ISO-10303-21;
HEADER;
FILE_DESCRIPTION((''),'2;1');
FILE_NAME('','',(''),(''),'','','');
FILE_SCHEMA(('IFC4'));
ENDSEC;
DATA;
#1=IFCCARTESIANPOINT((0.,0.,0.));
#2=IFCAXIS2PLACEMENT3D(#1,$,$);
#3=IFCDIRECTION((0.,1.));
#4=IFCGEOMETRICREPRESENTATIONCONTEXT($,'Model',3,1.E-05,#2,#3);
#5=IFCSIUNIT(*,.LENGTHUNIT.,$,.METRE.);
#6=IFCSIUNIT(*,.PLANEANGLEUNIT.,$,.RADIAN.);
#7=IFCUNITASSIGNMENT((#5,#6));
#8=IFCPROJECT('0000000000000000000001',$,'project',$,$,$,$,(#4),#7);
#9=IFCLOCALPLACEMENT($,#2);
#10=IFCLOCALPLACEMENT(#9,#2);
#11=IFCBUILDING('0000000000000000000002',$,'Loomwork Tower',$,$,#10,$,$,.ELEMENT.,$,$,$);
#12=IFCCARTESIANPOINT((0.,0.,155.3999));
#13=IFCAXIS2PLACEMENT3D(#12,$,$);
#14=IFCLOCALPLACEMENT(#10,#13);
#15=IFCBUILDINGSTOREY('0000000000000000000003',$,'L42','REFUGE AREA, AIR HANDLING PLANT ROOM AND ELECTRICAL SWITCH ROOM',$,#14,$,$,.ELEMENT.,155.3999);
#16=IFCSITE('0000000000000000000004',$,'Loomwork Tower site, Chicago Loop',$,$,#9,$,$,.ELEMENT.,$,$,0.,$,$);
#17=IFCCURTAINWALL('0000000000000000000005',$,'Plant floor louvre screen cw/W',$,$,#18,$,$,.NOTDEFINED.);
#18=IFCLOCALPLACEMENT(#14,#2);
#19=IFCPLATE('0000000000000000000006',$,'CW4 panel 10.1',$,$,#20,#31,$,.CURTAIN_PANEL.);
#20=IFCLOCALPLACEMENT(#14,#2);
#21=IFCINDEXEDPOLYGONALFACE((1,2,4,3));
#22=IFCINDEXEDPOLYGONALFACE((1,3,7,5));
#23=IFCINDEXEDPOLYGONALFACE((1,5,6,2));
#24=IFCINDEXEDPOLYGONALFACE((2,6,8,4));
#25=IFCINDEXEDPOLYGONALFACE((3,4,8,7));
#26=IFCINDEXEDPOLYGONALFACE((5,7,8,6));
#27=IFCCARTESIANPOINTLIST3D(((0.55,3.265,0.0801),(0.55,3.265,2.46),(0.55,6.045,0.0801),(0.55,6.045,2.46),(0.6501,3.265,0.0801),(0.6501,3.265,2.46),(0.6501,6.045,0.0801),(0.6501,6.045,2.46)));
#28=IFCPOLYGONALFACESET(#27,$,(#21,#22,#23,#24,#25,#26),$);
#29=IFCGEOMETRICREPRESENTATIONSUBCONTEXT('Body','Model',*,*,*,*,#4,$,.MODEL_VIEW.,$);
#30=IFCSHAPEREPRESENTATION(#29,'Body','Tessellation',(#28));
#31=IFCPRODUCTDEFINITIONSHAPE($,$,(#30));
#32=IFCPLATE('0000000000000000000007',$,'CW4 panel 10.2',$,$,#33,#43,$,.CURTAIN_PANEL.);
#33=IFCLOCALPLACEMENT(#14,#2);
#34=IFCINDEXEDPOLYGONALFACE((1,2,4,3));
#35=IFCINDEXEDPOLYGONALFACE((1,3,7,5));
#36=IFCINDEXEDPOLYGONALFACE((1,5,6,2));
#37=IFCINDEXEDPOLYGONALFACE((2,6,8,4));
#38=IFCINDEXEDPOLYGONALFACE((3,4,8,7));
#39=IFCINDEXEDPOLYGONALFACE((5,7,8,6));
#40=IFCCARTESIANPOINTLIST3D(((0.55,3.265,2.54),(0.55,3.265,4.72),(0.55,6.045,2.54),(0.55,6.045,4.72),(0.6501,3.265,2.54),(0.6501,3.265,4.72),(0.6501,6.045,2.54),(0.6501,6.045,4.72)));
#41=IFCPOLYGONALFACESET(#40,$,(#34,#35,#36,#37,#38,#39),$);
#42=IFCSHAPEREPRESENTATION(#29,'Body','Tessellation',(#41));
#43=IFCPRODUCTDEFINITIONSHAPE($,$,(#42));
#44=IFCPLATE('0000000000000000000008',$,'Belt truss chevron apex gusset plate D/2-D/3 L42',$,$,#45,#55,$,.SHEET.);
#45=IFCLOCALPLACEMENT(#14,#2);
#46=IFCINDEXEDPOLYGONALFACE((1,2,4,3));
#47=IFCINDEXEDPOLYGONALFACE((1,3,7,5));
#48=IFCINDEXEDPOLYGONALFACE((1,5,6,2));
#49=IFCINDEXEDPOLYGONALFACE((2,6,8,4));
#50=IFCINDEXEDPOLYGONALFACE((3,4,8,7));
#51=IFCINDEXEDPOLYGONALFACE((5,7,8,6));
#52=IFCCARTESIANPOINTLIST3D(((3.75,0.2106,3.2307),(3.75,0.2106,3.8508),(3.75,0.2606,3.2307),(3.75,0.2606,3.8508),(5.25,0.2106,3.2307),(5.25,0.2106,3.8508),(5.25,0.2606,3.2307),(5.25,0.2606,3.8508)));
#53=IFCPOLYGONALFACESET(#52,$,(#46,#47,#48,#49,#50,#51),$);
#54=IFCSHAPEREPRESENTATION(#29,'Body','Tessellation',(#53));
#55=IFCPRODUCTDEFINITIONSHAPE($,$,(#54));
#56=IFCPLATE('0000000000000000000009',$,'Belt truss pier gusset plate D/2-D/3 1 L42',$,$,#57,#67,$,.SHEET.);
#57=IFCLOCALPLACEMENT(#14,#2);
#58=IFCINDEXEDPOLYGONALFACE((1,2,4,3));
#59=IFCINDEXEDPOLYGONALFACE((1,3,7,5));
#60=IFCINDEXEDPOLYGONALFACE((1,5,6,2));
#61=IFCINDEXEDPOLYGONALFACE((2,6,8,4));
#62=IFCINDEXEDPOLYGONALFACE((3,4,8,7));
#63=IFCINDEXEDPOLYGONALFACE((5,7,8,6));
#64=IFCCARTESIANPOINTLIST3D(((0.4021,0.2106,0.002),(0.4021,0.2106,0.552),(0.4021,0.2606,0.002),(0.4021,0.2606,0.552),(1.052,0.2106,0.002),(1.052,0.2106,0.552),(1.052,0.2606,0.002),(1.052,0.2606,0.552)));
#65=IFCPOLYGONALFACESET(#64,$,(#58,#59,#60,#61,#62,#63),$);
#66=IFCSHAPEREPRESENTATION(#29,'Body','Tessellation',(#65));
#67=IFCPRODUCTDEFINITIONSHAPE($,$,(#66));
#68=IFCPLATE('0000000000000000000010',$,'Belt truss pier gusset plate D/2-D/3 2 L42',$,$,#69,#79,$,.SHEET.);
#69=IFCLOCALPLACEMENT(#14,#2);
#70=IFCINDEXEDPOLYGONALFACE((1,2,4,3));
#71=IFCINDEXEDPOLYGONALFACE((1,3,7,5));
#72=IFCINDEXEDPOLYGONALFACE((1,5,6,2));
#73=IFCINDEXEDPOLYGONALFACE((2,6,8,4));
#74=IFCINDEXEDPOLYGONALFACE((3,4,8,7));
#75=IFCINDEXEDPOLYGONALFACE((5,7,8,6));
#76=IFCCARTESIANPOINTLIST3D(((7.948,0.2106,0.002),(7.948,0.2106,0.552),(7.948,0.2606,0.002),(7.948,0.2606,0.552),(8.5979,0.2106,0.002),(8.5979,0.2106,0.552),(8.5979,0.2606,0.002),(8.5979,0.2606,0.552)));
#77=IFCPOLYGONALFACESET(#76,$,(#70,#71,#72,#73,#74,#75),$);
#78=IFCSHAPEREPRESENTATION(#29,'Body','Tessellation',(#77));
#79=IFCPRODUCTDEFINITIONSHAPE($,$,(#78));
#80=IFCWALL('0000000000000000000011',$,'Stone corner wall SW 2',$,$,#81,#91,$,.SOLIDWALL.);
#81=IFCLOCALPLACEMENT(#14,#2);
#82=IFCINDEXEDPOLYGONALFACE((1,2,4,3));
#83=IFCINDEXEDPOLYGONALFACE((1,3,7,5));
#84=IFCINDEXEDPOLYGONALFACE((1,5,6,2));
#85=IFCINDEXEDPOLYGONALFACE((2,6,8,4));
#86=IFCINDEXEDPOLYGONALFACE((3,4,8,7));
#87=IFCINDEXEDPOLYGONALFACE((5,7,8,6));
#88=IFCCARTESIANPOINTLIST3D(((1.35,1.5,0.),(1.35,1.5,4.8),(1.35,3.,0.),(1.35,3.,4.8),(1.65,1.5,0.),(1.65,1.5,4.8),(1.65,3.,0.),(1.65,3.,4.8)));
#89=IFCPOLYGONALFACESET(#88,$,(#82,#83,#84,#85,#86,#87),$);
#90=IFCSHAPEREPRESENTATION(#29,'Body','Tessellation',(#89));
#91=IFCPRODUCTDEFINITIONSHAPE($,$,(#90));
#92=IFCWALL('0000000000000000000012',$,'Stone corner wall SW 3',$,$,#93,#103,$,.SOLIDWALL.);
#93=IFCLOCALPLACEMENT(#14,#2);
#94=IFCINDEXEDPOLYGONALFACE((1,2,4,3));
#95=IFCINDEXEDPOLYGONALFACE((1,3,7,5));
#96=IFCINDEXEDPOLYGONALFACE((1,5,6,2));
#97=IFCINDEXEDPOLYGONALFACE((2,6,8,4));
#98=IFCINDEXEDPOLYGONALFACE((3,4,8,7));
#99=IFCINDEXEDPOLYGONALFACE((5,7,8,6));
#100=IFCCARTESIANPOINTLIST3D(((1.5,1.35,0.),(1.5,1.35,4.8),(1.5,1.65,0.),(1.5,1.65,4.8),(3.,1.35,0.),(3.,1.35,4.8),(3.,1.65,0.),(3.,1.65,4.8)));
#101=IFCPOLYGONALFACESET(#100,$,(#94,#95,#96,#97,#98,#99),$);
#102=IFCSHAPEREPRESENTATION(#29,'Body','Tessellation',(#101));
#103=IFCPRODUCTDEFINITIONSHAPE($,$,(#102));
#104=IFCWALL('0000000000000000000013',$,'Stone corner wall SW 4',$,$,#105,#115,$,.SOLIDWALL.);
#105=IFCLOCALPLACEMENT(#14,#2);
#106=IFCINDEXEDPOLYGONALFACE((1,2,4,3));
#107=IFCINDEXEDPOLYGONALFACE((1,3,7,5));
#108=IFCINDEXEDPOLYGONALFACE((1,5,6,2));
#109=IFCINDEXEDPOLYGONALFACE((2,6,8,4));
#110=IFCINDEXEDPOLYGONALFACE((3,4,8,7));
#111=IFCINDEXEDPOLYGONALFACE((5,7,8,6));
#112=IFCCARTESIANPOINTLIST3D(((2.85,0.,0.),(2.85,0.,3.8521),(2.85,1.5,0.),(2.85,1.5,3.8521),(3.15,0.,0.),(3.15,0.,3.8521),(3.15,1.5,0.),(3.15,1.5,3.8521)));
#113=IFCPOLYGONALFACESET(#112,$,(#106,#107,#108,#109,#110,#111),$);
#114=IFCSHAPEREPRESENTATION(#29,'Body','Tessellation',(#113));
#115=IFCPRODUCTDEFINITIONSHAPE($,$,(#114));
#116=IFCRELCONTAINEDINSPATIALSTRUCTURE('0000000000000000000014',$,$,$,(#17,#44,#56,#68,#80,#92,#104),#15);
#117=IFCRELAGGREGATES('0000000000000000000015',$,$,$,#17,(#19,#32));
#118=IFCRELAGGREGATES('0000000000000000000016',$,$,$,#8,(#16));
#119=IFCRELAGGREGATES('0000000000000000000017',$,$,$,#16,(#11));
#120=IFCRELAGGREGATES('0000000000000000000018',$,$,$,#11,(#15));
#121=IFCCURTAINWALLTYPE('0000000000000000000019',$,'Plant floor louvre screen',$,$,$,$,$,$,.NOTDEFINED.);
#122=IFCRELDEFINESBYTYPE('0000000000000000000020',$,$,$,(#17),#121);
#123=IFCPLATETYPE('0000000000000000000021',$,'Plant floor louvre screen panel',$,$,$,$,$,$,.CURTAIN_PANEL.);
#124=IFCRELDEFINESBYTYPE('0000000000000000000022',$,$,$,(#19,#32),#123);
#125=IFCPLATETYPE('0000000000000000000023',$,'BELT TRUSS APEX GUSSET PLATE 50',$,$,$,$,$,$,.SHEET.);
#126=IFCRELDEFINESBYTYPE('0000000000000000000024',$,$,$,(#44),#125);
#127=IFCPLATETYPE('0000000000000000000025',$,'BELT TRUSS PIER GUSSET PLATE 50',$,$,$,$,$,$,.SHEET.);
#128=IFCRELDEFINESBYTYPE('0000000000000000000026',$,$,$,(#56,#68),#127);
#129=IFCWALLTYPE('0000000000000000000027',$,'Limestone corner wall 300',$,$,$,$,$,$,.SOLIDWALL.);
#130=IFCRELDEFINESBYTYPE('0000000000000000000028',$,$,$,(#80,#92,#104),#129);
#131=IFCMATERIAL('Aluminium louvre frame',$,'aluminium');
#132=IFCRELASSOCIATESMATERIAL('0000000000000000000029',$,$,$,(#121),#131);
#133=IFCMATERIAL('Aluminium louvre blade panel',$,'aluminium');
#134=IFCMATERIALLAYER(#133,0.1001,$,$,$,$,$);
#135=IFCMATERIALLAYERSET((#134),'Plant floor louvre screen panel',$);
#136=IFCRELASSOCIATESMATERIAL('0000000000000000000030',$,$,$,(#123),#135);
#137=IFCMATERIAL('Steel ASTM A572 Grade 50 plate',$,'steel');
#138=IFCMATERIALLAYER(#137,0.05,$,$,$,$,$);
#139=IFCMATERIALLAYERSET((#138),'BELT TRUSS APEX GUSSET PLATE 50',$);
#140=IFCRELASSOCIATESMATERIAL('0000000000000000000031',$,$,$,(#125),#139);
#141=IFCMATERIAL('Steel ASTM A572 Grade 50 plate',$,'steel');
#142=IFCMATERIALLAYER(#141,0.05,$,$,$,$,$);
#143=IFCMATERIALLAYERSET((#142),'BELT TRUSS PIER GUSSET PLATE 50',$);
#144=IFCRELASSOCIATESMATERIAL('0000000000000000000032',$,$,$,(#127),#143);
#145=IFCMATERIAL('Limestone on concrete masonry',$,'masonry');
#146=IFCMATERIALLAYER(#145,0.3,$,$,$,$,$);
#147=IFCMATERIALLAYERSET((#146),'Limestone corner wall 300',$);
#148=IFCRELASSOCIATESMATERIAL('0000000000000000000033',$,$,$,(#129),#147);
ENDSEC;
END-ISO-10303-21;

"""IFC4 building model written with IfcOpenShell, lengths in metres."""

from ifc_helpers import new_model, si_unit, direction, frame, frame_2d, origin, origin_2d, place, context, subcontext, project, spatial, rectangle, extrude, material, layer, layer_set, type_object, element, aggregate, save


model = new_model("IFC4")

# Units and contexts
model_context = context("Model", 3, precision=1e-05, world=origin(), true_north=direction((0.0, 1.0)))
body_context = subcontext(model_context, "Body", "Model", "MODEL_VIEW")
ifc_project = project(units=[si_unit("LENGTHUNIT", "METRE"), si_unit("PLANEANGLEUNIT", "RADIAN")], contexts=[model_context])

# Site, building, storey
site_placement = place(None, origin())
site = spatial("IfcSite", under=ifc_project, at=site_placement, Name="Loomwork Tower site, Chicago Loop", CompositionType="ELEMENT", RefElevation=0.0)
building_placement = place(site_placement, origin())
building = spatial("IfcBuilding", under=site, at=building_placement, Name="Loomwork Tower", CompositionType="ELEMENT")
storey_placement = place(building_placement, frame((0.0, 0.0, 155.3999)))
storey = spatial("IfcBuildingStorey", under=building, at=storey_placement, Name="L42", Description="REFUGE AREA, AIR HANDLING PLANT ROOM AND ELECTRICAL SWITCH ROOM", CompositionType="ELEMENT", Elevation=155.3999)

# Curtain wall
ifc_material_1 = material(Name="Aluminium louvre frame", Category="aluminium")
curtain_wall_type = type_object("IfcCurtainWallType", Name="Plant floor louvre screen", PredefinedType="NOTDEFINED", material=ifc_material_1)
curtain_wall_1_placement = place(storey_placement, origin())
curtain_wall_1 = element("IfcCurtainWall", 1, at=curtain_wall_1_placement, inside=storey, type_object=curtain_wall_type, Name="Plant floor louvre screen cw/W", PredefinedType="NOTDEFINED")

# Plates
ifc_material_2 = material(Name="Aluminium louvre blade panel", Category="aluminium")
ifc_layer_1 = layer(ifc_material_2, 0.1001)
ifc_layer_set_1 = layer_set([ifc_layer_1], Name="Plant floor louvre screen panel")
plate_type_1 = type_object("IfcPlateType", Name="Plant floor louvre screen panel", PredefinedType="CURTAIN_PANEL", material=ifc_layer_set_1)
plate_1_placement = place(storey_placement, frame((0.6001, 4.655, 0.0801), z_axis=(0.0, 0.0, 1.0), x_axis=(0.0, -1.0, 0.0)))
plate_1 = element("IfcPlate", 2, at=plate_1_placement, type_object=plate_type_1, Name="CW4 panel 10.1", PredefinedType="CURTAIN_PANEL", context=body_context, shape_type="SweptSolid", body=[
    extrude(rectangle(XDim=2.78, YDim=0.1001, at=origin_2d()), origin(), (0.0, 0.0, 1.0), 2.3799),
])
plate_2_placement = place(storey_placement, frame((0.6001, 4.655, 2.54), z_axis=(0.0, 0.0, 1.0), x_axis=(0.0, -1.0, 0.0)))
plate_2 = element("IfcPlate", 3, at=plate_2_placement, type_object=plate_type_1, Name="CW4 panel 10.2", PredefinedType="CURTAIN_PANEL", context=body_context, shape_type="SweptSolid", body=[
    extrude(rectangle(XDim=2.78, YDim=0.1001, at=origin_2d()), origin(), (0.0, 0.0, 1.0), 2.1799),
])
aggregate(curtain_wall_1, [plate_1, plate_2])

# Plates
ifc_material_3 = material(Name="Steel ASTM A572 Grade 50 plate", Category="steel")
ifc_layer_2 = layer(ifc_material_3, 0.05)
ifc_layer_set_2 = layer_set([ifc_layer_2], Name="BELT TRUSS APEX GUSSET PLATE 50")
plate_type_2 = type_object("IfcPlateType", Name="BELT TRUSS APEX GUSSET PLATE 50", PredefinedType="SHEET", material=ifc_layer_set_2)
plate_3_placement = place(storey_placement, frame((4.5, 0.2356, 3.2307), z_axis=(0.0, 0.0, 1.0), x_axis=(1.0, 0.0, 0.0)))
element("IfcPlate", 4, at=plate_3_placement, inside=storey, type_object=plate_type_2, Name="Belt truss chevron apex gusset plate D/2-D/3 L42", PredefinedType="SHEET", context=body_context, shape_type="SweptSolid", body=[
    extrude(rectangle(XDim=1.5, YDim=0.05, at=origin_2d()), origin(), (0.0, 0.0, 1.0), 0.6201),
])
ifc_material_4 = material(Name="Steel ASTM A572 Grade 50 plate", Category="steel")
ifc_layer_3 = layer(ifc_material_4, 0.05)
ifc_layer_set_3 = layer_set([ifc_layer_3], Name="BELT TRUSS PIER GUSSET PLATE 50")
plate_type_3 = type_object("IfcPlateType", Name="BELT TRUSS PIER GUSSET PLATE 50", PredefinedType="SHEET", material=ifc_layer_set_3)
for number, where, z_axis, x_axis, name in (
    (5, (0.7271, 0.2356, 0.002), (0.0, 0.0, 1.0), (1.0, 0.0, 0.0), "Belt truss pier gusset plate D/2-D/3 1 L42"),
    (6, (8.2729, 0.2356, 0.002), (0.0, 0.0, 1.0), (1.0, 0.0, 0.0), "Belt truss pier gusset plate D/2-D/3 2 L42"),
):
    element("IfcPlate", number, at=place(storey_placement, frame(where, z_axis=z_axis, x_axis=x_axis)), inside=storey, type_object=plate_type_3, Name=name, PredefinedType="SHEET", context=body_context, shape_type="SweptSolid", body=[
        extrude(rectangle(XDim=0.6499, YDim=0.05, at=origin_2d()), origin(), (0.0, 0.0, 1.0), 0.55),
    ])

# Walls
ifc_material_5 = material(Name="Limestone on concrete masonry", Category="masonry")
ifc_layer_4 = layer(ifc_material_5, 0.3)
ifc_layer_set_4 = layer_set([ifc_layer_4], Name="Limestone corner wall 300")
wall_type = type_object("IfcWallType", Name="Limestone corner wall 300", PredefinedType="SOLIDWALL", material=ifc_layer_set_4)
for number, where, z_axis, x_axis, name in (
    (7, (1.5, 3.0, 0.0), (0.0, 0.0, 1.0), (0.0, -1.0, 0.0), "Stone corner wall SW 2"),
    (8, (1.5, 1.5, 0.0), (0.0, 0.0, 1.0), (1.0, 0.0, 0.0), "Stone corner wall SW 3"),
):
    element("IfcWall", number, at=place(storey_placement, frame(where, z_axis=z_axis, x_axis=x_axis)), inside=storey, type_object=wall_type, Name=name, PredefinedType="SOLIDWALL", context=body_context, shape_type="SweptSolid", body=[
        extrude(rectangle(XDim=1.5, YDim=0.3, at=frame_2d((0.75, 0.0))), origin(), (0.0, 0.0, 1.0), 4.8),
    ])
wall_placement = place(storey_placement, frame((3.0, 1.5, 0.0), z_axis=(0.0, 0.0, 1.0), x_axis=(0.0, -1.0, 0.0)))
element("IfcWall", 9, at=wall_placement, inside=storey, type_object=wall_type, Name="Stone corner wall SW 4", PredefinedType="SOLIDWALL", context=body_context, shape_type="SweptSolid", body=[
    extrude(rectangle(XDim=1.5, YDim=0.3, at=frame_2d((0.75, 0.0))), origin(), (0.0, 0.0, 1.0), 3.8521),
])

save(model, "model.ifc")
